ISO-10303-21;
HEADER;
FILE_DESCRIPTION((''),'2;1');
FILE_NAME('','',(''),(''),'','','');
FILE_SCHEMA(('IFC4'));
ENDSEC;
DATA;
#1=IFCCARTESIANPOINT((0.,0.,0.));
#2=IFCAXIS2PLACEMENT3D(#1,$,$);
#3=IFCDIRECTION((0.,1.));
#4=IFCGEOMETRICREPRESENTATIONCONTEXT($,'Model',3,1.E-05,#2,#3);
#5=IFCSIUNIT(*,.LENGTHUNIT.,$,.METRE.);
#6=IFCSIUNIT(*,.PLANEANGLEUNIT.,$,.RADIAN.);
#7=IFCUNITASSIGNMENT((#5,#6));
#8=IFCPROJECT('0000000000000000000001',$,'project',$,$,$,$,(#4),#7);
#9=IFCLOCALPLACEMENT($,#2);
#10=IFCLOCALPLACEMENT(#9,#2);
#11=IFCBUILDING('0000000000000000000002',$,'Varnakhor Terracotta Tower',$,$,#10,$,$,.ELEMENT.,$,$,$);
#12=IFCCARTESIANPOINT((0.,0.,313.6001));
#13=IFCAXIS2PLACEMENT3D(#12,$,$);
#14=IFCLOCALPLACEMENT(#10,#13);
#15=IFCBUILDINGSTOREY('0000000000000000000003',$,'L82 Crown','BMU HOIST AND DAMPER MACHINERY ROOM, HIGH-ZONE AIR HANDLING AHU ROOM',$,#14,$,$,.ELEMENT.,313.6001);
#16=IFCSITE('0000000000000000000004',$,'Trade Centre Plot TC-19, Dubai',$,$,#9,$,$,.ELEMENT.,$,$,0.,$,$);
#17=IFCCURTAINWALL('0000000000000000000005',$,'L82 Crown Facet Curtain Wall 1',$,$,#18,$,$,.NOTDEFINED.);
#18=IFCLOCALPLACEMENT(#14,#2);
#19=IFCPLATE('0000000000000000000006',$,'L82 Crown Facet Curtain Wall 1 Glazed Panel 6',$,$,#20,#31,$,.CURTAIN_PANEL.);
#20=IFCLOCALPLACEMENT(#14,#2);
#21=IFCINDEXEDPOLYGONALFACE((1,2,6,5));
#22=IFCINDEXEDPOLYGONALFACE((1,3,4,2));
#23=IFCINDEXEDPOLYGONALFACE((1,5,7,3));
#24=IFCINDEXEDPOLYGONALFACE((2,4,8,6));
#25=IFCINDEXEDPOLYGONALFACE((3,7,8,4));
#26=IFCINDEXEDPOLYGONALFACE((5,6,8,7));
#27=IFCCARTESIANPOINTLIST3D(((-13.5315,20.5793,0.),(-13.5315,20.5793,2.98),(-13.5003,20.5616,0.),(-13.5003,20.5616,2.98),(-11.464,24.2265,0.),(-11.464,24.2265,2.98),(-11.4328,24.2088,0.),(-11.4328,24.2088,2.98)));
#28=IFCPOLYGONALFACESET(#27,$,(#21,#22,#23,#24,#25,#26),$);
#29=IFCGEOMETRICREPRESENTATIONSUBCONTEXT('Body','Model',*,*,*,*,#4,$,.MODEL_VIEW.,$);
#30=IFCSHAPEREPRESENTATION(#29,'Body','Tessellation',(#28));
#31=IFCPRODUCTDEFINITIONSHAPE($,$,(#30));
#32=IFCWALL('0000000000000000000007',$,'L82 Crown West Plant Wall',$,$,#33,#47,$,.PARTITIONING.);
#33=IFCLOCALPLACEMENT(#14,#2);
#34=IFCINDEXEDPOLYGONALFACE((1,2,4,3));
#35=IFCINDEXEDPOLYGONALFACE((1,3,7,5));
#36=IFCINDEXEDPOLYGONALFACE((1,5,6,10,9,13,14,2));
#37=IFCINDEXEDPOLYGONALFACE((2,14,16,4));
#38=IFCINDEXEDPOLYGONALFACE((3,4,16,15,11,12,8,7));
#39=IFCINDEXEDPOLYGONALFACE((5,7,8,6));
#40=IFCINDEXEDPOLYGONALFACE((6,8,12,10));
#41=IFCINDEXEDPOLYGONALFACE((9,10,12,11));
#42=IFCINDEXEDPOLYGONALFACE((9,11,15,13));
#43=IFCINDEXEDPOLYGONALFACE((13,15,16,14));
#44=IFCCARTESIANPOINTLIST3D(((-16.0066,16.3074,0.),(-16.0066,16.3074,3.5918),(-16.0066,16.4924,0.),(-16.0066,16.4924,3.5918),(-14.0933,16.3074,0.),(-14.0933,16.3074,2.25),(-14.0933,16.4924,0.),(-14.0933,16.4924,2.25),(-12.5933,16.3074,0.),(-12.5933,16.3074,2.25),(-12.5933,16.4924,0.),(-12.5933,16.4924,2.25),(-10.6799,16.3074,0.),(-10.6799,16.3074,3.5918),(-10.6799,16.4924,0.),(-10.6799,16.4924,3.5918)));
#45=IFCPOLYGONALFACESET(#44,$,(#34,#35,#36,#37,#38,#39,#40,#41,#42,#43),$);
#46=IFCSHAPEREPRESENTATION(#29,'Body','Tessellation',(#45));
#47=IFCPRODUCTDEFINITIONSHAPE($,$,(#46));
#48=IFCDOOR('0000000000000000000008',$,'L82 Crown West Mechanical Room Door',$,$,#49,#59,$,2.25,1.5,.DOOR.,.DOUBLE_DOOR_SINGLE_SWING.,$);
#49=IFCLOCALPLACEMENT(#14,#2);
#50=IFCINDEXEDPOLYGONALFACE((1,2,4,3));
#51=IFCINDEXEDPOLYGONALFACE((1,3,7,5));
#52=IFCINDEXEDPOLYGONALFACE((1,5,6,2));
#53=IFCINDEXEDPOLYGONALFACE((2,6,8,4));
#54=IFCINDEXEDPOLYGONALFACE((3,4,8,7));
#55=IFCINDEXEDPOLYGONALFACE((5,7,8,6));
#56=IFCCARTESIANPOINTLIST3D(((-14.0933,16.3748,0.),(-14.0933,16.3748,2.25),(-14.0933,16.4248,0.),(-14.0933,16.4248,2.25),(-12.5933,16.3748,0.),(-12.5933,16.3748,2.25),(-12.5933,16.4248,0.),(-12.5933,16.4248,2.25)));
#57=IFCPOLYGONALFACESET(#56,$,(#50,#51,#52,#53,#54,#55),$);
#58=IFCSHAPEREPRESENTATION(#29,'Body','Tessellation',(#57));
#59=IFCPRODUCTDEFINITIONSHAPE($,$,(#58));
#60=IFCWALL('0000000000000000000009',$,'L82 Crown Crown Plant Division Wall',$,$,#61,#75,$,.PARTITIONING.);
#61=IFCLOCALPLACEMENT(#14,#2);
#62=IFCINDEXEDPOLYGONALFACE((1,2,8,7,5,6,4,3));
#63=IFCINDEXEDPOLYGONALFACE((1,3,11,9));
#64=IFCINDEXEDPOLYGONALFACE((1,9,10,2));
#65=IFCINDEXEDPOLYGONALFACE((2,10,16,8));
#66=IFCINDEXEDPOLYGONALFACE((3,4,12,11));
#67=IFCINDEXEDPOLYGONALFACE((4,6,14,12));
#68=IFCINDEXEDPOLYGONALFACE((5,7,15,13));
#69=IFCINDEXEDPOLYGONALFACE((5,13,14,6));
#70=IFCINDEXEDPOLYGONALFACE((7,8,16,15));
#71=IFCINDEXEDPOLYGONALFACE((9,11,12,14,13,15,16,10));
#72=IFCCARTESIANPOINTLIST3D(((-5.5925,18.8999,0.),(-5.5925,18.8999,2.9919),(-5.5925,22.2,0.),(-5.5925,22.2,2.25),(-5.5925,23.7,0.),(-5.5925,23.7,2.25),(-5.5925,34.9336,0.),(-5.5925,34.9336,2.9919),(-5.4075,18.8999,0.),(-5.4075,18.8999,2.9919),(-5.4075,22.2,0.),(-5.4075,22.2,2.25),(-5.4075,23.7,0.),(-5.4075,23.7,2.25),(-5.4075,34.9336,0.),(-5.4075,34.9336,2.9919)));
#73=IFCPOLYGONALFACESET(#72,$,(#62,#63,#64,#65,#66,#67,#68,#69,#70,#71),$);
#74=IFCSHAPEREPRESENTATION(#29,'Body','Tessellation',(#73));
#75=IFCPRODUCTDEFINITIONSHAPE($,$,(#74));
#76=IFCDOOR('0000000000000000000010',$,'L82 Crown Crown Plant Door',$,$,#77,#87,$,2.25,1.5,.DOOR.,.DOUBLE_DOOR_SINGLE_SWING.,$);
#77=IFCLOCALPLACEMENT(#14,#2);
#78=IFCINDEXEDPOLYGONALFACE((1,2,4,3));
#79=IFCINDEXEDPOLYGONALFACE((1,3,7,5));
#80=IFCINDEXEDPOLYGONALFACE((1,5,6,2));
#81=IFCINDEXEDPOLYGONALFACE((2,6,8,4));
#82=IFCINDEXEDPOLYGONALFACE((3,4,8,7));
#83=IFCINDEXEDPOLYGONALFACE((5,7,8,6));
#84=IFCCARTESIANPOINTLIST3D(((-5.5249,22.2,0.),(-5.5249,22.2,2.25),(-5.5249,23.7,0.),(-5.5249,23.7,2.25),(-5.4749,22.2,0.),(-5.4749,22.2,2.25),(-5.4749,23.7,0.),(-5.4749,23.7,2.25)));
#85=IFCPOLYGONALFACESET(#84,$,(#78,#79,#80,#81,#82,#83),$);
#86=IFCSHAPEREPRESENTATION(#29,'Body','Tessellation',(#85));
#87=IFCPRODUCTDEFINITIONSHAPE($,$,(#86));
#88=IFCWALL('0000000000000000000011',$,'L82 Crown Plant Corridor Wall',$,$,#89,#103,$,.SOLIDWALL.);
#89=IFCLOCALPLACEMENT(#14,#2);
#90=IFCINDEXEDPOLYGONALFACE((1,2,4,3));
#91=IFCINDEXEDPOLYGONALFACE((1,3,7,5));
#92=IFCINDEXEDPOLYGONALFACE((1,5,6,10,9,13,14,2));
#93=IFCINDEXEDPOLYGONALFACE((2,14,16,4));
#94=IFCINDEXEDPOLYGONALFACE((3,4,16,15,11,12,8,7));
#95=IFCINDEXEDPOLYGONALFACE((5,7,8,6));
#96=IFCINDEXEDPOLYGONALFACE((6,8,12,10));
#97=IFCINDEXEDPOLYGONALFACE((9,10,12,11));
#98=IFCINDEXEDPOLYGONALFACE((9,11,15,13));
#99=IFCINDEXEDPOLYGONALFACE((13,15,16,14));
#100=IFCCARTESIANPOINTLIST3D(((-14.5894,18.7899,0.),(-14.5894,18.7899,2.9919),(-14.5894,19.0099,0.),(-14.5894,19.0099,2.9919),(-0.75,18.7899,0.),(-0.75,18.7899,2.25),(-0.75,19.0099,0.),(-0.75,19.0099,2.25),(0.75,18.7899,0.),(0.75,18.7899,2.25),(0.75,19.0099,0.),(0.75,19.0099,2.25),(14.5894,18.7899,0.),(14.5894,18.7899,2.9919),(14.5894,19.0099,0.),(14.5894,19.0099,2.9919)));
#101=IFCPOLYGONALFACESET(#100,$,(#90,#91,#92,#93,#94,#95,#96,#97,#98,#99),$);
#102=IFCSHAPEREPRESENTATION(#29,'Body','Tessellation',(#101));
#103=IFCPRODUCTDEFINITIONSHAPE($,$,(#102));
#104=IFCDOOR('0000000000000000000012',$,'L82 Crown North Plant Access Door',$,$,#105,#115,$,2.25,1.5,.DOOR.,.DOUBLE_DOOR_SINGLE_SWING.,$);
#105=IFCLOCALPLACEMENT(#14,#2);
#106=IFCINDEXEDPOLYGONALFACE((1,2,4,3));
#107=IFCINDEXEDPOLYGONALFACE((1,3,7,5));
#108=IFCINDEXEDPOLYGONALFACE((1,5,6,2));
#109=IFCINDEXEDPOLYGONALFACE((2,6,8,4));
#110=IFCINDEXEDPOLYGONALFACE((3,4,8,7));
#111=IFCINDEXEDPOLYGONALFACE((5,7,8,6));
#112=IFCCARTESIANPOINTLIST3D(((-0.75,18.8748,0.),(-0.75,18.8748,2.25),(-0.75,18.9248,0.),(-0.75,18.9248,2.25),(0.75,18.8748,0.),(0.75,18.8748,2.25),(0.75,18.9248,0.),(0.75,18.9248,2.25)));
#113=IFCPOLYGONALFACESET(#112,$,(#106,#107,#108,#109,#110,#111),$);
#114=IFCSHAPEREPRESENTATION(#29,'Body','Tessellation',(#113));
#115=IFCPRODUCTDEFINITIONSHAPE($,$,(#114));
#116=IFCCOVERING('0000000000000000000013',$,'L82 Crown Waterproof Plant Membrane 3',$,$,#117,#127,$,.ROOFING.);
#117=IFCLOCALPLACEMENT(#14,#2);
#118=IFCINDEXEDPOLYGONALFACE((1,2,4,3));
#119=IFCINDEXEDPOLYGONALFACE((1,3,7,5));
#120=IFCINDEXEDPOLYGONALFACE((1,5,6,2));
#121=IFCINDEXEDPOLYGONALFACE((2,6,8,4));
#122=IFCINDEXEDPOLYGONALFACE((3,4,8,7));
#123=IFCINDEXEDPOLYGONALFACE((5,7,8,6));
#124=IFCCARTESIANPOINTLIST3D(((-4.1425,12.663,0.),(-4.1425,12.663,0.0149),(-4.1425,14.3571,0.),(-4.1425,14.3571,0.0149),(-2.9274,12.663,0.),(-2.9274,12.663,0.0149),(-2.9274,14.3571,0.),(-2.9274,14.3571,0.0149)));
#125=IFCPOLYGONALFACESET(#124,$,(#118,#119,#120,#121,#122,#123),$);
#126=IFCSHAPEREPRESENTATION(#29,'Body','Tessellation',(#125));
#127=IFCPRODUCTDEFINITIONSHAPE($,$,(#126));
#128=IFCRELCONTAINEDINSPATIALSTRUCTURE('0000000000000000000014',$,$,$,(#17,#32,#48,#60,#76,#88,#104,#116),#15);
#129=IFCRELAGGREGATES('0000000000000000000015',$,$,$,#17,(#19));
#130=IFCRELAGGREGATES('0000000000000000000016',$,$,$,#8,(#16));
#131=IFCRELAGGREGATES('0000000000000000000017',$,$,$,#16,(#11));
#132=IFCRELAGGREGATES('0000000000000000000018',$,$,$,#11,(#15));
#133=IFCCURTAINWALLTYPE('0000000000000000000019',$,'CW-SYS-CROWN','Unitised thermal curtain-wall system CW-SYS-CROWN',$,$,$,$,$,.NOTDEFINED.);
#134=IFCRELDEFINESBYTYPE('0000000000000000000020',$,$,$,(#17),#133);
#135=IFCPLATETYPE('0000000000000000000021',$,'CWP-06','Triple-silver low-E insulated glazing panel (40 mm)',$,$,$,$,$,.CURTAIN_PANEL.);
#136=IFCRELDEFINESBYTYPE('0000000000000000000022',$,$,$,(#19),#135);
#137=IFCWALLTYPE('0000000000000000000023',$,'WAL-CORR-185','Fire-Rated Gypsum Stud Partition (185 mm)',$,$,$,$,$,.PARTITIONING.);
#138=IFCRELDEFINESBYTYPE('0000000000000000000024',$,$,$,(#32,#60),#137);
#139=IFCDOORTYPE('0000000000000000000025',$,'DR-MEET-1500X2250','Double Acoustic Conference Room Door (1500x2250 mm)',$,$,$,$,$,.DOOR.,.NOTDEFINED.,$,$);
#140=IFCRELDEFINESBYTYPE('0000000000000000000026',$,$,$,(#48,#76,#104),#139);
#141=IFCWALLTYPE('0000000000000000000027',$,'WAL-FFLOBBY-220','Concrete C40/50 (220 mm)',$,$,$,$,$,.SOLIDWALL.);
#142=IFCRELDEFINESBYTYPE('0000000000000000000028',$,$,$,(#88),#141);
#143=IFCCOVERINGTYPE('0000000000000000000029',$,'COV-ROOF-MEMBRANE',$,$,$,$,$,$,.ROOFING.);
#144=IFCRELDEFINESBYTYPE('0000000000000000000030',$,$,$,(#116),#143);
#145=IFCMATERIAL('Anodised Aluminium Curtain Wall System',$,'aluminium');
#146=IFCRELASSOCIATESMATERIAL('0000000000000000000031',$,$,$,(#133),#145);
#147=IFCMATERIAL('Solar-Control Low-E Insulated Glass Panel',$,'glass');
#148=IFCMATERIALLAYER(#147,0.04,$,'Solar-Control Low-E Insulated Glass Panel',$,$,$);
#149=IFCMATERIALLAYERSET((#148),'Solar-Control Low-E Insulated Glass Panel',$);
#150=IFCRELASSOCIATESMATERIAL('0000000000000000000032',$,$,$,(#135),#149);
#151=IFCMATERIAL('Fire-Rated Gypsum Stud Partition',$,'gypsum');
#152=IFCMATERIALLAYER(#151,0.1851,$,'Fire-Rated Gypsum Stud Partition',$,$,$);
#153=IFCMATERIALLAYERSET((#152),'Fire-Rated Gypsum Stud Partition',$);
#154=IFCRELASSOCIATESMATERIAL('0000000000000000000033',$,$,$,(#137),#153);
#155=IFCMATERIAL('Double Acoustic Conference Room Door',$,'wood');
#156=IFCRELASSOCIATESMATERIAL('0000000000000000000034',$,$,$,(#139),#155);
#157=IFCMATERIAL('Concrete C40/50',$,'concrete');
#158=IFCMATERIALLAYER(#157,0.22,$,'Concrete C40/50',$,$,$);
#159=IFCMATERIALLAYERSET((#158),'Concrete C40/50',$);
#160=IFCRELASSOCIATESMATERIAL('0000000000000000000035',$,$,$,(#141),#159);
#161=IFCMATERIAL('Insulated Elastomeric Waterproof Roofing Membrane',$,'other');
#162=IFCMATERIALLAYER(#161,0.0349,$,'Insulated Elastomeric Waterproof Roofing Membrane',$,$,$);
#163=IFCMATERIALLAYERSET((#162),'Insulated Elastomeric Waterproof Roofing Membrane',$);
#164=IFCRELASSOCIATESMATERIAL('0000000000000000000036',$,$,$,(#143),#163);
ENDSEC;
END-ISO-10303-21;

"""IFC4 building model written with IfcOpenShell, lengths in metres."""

from ifc_helpers import new_model, si_unit, direction, frame, frame_2d, origin, origin_2d, place, context, subcontext, project, spatial, rectangle, extrude, source, transform, mapped, material, layer, layer_set, type_object, type_shapes, element, fill, aggregate, save


model = new_model("IFC4")

# Units and contexts
model_context = context("Model", 3, precision=1e-05, world=origin(), true_north=direction((0.0, 1.0)))
body_context = subcontext(model_context, "Body", "Model", "MODEL_VIEW")
ifc_project = project(units=[si_unit("LENGTHUNIT", "METRE"), si_unit("PLANEANGLEUNIT", "RADIAN")], contexts=[model_context])

# Site, building, storey
site_placement = place(None, origin())
site = spatial("IfcSite", under=ifc_project, at=site_placement, Name="Trade Centre Plot TC-19, Dubai", CompositionType="ELEMENT", RefElevation=0.0)
building_placement = place(site_placement, origin())
building = spatial("IfcBuilding", under=site, at=building_placement, Name="Varnakhor Terracotta Tower", CompositionType="ELEMENT")
storey_placement = place(building_placement, frame((0.0, 0.0, 313.6001)))
storey = spatial("IfcBuildingStorey", under=building, at=storey_placement, Name="L82 Crown", Description="BMU HOIST AND DAMPER MACHINERY ROOM, HIGH-ZONE AIR HANDLING AHU ROOM", CompositionType="ELEMENT", Elevation=313.6001)

# Curtain wall, plate
ifc_material_1 = material(Name="Anodised Aluminium Curtain Wall System", Category="aluminium")
curtain_wall_type = type_object("IfcCurtainWallType", Name="CW-SYS-CROWN", Description="Unitised thermal curtain-wall system CW-SYS-CROWN", PredefinedType="NOTDEFINED", material=ifc_material_1)
curtain_wall_placement = place(storey_placement, origin())
curtain_wall = element("IfcCurtainWall", 1, at=curtain_wall_placement, inside=storey, type_object=curtain_wall_type, Name="L82 Crown Facet Curtain Wall 1", PredefinedType="NOTDEFINED")
ifc_material_2 = material(Name="Solar-Control Low-E Insulated Glass Panel", Category="glass")
ifc_layer_1 = layer(ifc_material_2, 0.04, Name="Solar-Control Low-E Insulated Glass Panel")
ifc_layer_set_1 = layer_set([ifc_layer_1], Name="Solar-Control Low-E Insulated Glass Panel")
plate_type = type_object("IfcPlateType", Name="CWP-06", Description="Triple-silver low-E insulated glazing panel (40 mm)", PredefinedType="CURTAIN_PANEL", material=ifc_layer_set_1)
shared_shape_1 = source(origin(), body_context, "Body", "SweptSolid", [
    extrude(rectangle(XDim=4.1924, YDim=0.0359, at=origin_2d()), origin(), (0.0, 0.0, 1.0), 2.98),
])
plate_1_placement = place(storey_placement, frame((-12.4822, 22.394, 0.0), z_axis=(0.0, 0.0, 1.0), x_axis=(0.493153, 0.869943, 0.0)))
plate_1 = element("IfcPlate", 2, at=plate_1_placement, type_object=plate_type, Name="L82 Crown Facet Curtain Wall 1 Glazed Panel 6", PredefinedType="CURTAIN_PANEL", context=body_context, shape_type="MappedRepresentation", body=[
    mapped(shared_shape_1, transform((0.0, 0.0, 0.0), scale=1.0)),
])
aggregate(curtain_wall, [plate_1])

# Walls, openings, doors
ifc_material_3 = material(Name="Fire-Rated Gypsum Stud Partition", Category="gypsum")
ifc_layer_2 = layer(ifc_material_3, 0.1851, Name="Fire-Rated Gypsum Stud Partition")
ifc_layer_set_2 = layer_set([ifc_layer_2], Name="Fire-Rated Gypsum Stud Partition")
wall_type_1 = type_object("IfcWallType", Name="WAL-CORR-185", Description="Fire-Rated Gypsum Stud Partition (185 mm)", PredefinedType="PARTITIONING", material=ifc_layer_set_2)
wall_1_placement = place(storey_placement, frame((-16.0066, 16.3999, 0.0), z_axis=(0.0, 0.0, 1.0), x_axis=(1.0, 0.0, 0.0)))
wall_1 = element("IfcWall", 3, at=wall_1_placement, inside=storey, type_object=wall_type_1, Name="L82 Crown West Plant Wall", PredefinedType="PARTITIONING", context=body_context, shape_type="SweptSolid", body=[
    extrude(rectangle(XDim=5.3267, YDim=0.1851, at=frame_2d((2.6633, 0.0))), origin(), (0.0, 0.0, 1.0), 3.5918),
])
opening_1_placement = place(wall_1_placement, frame((1.9133, 0.0, 0.0)))
opening_1 = element("IfcOpeningElement", 4, at=opening_1_placement, cuts=wall_1, PredefinedType="OPENING", context=body_context, shape_type="SweptSolid", body=[
    extrude(rectangle(XDim=1.5, YDim=2.25, at=frame_2d((0.75, 1.125))), frame((0.0, 0.1025, 0.0), z_axis=(0.0, -1.0, 0.0), x_axis=(1.0, 0.0, 0.0)), (0.0, 0.0, 1.0), 0.2051),
])
ifc_material_4 = material(Name="Double Acoustic Conference Room Door", Category="wood")
door_type_1 = type_object("IfcDoorType", Name="DR-MEET-1500X2250", Description="Double Acoustic Conference Room Door (1500x2250 mm)", OperationType="NOTDEFINED", PredefinedType="DOOR", material=ifc_material_4)
shared_shape_2 = source(origin(), body_context, "Body", "SweptSolid", [
    extrude(rectangle(XDim=1.5, YDim=2.25, at=frame_2d((0.75, 1.125))), frame((0.0, 0.0249, 0.0), z_axis=(0.0, -1.0, 0.0), x_axis=(1.0, 0.0, 0.0)), (0.0, 0.0, 1.0), 0.05),
])
type_shapes(door_type_1, [shared_shape_2])
door_1_placement = place(opening_1_placement, origin())
door_1 = element("IfcDoor", 5, at=door_1_placement, inside=storey, type_object=door_type_1, Name="L82 Crown West Mechanical Room Door", OperationType="DOUBLE_DOOR_SINGLE_SWING", OverallHeight=2.25, OverallWidth=1.5, PredefinedType="DOOR", context=body_context, shape_type="MappedRepresentation", body=[
    mapped(shared_shape_2, transform((0.0, 0.0, 0.0), scale=1.0)),
])
fill(opening_1, door_1)
wall_2_placement = place(storey_placement, frame((-5.5, 18.8999, 0.0), z_axis=(0.0, 0.0, 1.0), x_axis=(0.0, 1.0, 0.0)))
wall_2 = element("IfcWall", 6, at=wall_2_placement, inside=storey, type_object=wall_type_1, Name="L82 Crown Crown Plant Division Wall", PredefinedType="PARTITIONING", context=body_context, shape_type="SweptSolid", body=[
    extrude(rectangle(XDim=16.0337, YDim=0.1851, at=frame_2d((8.0168, 0.0))), origin(), (0.0, 0.0, 1.0), 2.9919),
])
opening_2_placement = place(wall_2_placement, frame((3.3, 0.0, 0.0)))
opening_2 = element("IfcOpeningElement", 7, at=opening_2_placement, cuts=wall_2, PredefinedType="OPENING", context=body_context, shape_type="SweptSolid", body=[
    extrude(rectangle(XDim=1.5, YDim=2.25, at=frame_2d((0.75, 1.125))), frame((0.0, 0.1025, 0.0), z_axis=(0.0, -1.0, 0.0), x_axis=(1.0, 0.0, 0.0)), (0.0, 0.0, 1.0), 0.2051),
])
door_2_placement = place(opening_2_placement, origin())
door_2 = element("IfcDoor", 8, at=door_2_placement, inside=storey, type_object=door_type_1, Name="L82 Crown Crown Plant Door", OperationType="DOUBLE_DOOR_SINGLE_SWING", OverallHeight=2.25, OverallWidth=1.5, PredefinedType="DOOR", context=body_context, shape_type="MappedRepresentation", body=[
    mapped(shared_shape_2, transform((0.0, 0.0, 0.0), scale=1.0)),
])
fill(opening_2, door_2)
ifc_material_5 = material(Name="Concrete C40/50", Category="concrete")
ifc_layer_3 = layer(ifc_material_5, 0.22, Name="Concrete C40/50")
ifc_layer_set_3 = layer_set([ifc_layer_3], Name="Concrete C40/50")
wall_type_2 = type_object("IfcWallType", Name="WAL-FFLOBBY-220", Description="Concrete C40/50 (220 mm)", PredefinedType="SOLIDWALL", material=ifc_layer_set_3)
wall_3_placement = place(storey_placement, frame((-14.5894, 18.8999, 0.0), z_axis=(0.0, 0.0, 1.0), x_axis=(1.0, 0.0, 0.0)))
wall_3 = element("IfcWall", 9, at=wall_3_placement, inside=storey, type_object=wall_type_2, Name="L82 Crown Plant Corridor Wall", PredefinedType="SOLIDWALL", context=body_context, shape_type="SweptSolid", body=[
    extrude(rectangle(XDim=29.1787, YDim=0.22, at=frame_2d((14.5894, 0.0))), origin(), (0.0, 0.0, 1.0), 2.9919),
])
opening_3_placement = place(wall_3_placement, frame((13.8394, 0.0, 0.0)))
opening_3 = element("IfcOpeningElement", 10, at=opening_3_placement, cuts=wall_3, PredefinedType="OPENING", context=body_context, shape_type="SweptSolid", body=[
    extrude(rectangle(XDim=1.5, YDim=2.25, at=frame_2d((0.75, 1.125))), frame((0.0, 0.1201, 0.0), z_axis=(0.0, -1.0, 0.0), x_axis=(1.0, 0.0, 0.0)), (0.0, 0.0, 1.0), 0.24),
])
door_3_placement = place(opening_3_placement, origin())
door_3 = element("IfcDoor", 11, at=door_3_placement, inside=storey, type_object=door_type_1, Name="L82 Crown North Plant Access Door", OperationType="DOUBLE_DOOR_SINGLE_SWING", OverallHeight=2.25, OverallWidth=1.5, PredefinedType="DOOR", context=body_context, shape_type="MappedRepresentation", body=[
    mapped(shared_shape_2, transform((0.0, 0.0, 0.0), scale=1.0)),
])
fill(opening_3, door_3)

# Covering
ifc_material_6 = material(Name="Insulated Elastomeric Waterproof Roofing Membrane", Category="other")
ifc_layer_4 = layer(ifc_material_6, 0.0349, Name="Insulated Elastomeric Waterproof Roofing Membrane")
ifc_layer_set_4 = layer_set([ifc_layer_4], Name="Insulated Elastomeric Waterproof Roofing Membrane")
covering_type = type_object("IfcCoveringType", Name="COV-ROOF-MEMBRANE", PredefinedType="ROOFING", material=ifc_layer_set_4)
shared_shape_3 = source(origin(), body_context, "Body", "SweptSolid", [
    extrude(rectangle(XDim=1.2151, YDim=1.6941, at=origin_2d()), origin(), (0.0, 0.0, 1.0), 0.0149),
])
covering_placement = place(storey_placement, frame((-3.5349, 13.51, 0.0), z_axis=(0.0, 0.0, 1.0), x_axis=(1.0, 0.0, 0.0)))
element("IfcCovering", 12, at=covering_placement, inside=storey, type_object=covering_type, Name="L82 Crown Waterproof Plant Membrane 3", PredefinedType="ROOFING", context=body_context, shape_type="MappedRepresentation", body=[
    mapped(shared_shape_3, transform((0.0, 0.0, 0.0), scale=1.0)),
])

save(model, "model.ifc")
